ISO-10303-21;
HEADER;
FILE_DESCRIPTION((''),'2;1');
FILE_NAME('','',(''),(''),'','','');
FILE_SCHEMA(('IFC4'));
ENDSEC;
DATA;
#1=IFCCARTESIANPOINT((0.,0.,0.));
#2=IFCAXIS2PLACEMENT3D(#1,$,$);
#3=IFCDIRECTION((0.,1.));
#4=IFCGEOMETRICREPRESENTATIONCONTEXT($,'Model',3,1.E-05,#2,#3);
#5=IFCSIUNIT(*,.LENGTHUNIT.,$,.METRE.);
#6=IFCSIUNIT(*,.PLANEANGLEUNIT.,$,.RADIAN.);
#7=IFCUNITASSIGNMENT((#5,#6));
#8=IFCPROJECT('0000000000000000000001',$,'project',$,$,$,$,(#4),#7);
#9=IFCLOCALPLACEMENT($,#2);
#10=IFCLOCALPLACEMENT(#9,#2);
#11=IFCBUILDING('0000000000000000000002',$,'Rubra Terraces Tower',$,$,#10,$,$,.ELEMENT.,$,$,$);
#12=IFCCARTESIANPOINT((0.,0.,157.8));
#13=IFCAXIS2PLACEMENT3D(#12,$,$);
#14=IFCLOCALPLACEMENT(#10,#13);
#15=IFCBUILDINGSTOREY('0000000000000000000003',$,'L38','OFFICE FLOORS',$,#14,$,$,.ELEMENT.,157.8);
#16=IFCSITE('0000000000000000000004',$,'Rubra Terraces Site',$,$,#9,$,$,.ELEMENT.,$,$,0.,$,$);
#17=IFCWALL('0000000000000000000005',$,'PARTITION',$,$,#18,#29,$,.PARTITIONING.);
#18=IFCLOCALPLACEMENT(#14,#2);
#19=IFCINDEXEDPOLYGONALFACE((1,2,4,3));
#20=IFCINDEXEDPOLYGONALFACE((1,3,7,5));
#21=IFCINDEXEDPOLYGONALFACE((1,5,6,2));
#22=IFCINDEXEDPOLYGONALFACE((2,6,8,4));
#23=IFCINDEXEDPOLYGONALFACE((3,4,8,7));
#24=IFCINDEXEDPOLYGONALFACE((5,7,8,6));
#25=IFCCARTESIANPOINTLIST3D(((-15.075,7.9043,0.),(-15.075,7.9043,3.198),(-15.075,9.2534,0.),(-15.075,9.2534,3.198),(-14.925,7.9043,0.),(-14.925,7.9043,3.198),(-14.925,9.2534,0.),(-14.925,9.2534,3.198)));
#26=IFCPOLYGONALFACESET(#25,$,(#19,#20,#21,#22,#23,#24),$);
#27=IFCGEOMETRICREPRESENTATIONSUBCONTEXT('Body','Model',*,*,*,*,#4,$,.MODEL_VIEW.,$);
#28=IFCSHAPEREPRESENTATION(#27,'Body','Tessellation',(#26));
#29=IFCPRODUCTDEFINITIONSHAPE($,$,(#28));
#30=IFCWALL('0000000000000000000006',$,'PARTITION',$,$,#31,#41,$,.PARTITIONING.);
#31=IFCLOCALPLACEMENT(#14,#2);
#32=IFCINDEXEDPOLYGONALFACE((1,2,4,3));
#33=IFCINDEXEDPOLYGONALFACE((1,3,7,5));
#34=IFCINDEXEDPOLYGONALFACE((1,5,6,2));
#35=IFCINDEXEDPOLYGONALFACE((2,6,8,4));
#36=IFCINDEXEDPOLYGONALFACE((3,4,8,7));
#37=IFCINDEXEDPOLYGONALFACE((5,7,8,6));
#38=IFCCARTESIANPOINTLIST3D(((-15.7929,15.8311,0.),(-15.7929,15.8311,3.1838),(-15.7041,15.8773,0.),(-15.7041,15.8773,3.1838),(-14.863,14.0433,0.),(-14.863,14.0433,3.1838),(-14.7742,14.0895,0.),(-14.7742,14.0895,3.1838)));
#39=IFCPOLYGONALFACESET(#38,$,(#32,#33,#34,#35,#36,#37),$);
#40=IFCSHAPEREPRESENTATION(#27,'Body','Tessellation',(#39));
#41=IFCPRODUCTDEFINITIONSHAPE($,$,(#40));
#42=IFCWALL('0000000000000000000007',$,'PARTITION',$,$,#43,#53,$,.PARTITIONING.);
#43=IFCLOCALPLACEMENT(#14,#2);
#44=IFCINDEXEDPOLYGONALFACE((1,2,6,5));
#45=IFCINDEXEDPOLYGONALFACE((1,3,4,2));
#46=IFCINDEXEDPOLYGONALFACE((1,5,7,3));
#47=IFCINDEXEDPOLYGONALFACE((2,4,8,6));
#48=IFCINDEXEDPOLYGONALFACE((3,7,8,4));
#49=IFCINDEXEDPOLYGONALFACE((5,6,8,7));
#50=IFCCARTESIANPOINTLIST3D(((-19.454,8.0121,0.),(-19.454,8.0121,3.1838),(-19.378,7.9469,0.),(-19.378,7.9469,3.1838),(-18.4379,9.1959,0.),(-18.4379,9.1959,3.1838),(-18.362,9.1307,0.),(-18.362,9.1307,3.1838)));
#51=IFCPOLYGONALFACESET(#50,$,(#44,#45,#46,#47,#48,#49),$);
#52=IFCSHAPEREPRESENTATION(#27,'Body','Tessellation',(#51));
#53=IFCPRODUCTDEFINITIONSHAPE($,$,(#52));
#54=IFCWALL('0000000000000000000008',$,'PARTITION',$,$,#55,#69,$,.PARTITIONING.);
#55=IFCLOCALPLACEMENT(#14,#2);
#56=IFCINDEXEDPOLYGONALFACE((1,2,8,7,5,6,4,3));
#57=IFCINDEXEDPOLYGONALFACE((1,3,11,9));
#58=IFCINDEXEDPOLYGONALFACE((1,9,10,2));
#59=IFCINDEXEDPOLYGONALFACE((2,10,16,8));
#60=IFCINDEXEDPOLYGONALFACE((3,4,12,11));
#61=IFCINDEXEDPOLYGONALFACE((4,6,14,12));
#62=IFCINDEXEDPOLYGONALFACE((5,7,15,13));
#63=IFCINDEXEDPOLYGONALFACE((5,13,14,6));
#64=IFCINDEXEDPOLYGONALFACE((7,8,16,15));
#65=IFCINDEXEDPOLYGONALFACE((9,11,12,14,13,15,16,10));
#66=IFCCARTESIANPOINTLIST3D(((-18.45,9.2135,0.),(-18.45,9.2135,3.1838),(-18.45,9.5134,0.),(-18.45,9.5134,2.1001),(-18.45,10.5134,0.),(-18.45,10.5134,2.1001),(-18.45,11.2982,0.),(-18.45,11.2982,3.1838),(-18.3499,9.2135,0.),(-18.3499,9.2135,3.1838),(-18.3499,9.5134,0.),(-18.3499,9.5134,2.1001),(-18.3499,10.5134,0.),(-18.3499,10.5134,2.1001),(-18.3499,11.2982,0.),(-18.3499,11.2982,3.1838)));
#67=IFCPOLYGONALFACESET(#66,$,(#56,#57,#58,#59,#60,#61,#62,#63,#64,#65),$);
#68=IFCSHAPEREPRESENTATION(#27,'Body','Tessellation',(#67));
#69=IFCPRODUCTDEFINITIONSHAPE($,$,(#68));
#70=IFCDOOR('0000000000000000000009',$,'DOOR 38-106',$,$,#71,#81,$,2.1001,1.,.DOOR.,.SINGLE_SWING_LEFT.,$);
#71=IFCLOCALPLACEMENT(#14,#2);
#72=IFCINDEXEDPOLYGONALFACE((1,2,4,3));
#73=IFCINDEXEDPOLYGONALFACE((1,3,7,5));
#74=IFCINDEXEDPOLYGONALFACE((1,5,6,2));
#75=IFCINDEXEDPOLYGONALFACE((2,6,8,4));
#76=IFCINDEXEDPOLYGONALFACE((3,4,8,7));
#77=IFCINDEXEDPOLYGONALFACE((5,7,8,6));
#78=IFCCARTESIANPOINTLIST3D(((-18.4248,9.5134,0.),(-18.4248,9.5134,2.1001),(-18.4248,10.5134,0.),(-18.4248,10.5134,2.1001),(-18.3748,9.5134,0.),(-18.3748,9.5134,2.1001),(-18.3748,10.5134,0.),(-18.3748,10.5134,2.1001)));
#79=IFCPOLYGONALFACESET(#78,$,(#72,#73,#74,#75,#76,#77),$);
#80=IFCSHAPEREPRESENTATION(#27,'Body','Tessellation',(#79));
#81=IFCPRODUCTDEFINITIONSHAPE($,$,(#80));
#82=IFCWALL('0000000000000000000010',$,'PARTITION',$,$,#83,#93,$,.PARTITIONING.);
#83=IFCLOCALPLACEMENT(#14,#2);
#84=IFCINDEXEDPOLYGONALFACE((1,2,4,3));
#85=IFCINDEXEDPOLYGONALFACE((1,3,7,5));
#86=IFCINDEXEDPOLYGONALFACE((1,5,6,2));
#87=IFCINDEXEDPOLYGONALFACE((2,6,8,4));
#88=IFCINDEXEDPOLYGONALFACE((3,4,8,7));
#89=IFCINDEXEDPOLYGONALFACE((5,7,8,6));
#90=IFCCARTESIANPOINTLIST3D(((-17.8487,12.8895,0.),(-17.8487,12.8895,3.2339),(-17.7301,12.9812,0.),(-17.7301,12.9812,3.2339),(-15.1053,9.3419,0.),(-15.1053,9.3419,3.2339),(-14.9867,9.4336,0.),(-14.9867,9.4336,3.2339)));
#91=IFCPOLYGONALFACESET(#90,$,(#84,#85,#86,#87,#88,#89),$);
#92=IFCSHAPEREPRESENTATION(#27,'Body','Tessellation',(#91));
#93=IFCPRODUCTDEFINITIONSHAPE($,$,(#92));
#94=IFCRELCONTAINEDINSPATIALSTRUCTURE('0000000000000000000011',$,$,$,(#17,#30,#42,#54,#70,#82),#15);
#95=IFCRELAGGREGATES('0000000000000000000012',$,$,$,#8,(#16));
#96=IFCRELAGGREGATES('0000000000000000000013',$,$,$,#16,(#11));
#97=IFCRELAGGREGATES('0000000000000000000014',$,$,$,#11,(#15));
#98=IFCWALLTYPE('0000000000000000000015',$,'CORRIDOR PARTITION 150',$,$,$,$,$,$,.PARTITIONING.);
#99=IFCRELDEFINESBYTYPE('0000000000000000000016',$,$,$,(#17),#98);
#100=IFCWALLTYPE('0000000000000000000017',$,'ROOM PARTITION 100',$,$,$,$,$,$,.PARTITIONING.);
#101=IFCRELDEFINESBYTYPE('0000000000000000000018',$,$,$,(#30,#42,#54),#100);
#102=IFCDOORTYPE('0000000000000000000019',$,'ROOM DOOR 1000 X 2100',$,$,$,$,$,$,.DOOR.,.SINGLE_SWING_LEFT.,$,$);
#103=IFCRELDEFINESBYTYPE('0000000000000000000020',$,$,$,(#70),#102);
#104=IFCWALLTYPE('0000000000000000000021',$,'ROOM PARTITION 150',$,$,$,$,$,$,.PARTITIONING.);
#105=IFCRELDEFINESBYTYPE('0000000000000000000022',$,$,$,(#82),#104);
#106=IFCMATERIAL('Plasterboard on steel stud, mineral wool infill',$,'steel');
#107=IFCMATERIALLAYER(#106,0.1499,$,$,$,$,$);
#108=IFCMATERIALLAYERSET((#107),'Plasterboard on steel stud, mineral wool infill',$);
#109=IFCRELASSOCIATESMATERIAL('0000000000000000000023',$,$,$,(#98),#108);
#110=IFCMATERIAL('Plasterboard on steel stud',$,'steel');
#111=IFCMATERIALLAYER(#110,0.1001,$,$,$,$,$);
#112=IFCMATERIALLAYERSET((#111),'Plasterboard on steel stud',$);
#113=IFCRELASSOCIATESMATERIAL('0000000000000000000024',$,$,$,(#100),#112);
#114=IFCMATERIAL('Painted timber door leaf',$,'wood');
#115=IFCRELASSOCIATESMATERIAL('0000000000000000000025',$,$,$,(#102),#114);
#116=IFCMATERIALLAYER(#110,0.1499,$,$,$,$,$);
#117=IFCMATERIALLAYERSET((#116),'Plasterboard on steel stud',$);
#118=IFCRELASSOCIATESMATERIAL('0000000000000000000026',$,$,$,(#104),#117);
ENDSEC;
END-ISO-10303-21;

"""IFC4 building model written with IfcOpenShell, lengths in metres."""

from ifc_helpers import new_model, si_unit, direction, frame, frame_2d, origin, place, context, subcontext, project, spatial, rectangle, extrude, material, layer, layer_set, type_object, element, fill, save


model = new_model("IFC4")

# Units and contexts
model_context = context("Model", 3, precision=1e-05, world=origin(), true_north=direction((0.0, 1.0)))
body_context = subcontext(model_context, "Body", "Model", "MODEL_VIEW")
ifc_project = project(units=[si_unit("LENGTHUNIT", "METRE"), si_unit("PLANEANGLEUNIT", "RADIAN")], contexts=[model_context])

# Site, building, storey
site_placement = place(None, origin())
site = spatial("IfcSite", under=ifc_project, at=site_placement, Name="Rubra Terraces Site", CompositionType="ELEMENT", RefElevation=0.0)
building_placement = place(site_placement, origin())
building = spatial("IfcBuilding", under=site, at=building_placement, Name="Rubra Terraces Tower", CompositionType="ELEMENT")
storey_placement = place(building_placement, frame((0.0, 0.0, 157.8)))
storey = spatial("IfcBuildingStorey", under=building, at=storey_placement, Name="L38", Description="OFFICE FLOORS", CompositionType="ELEMENT", Elevation=157.8)

# Shared definitions
ifc_material_1 = material(Name="Plasterboard on steel stud, mineral wool infill", Category="steel")
ifc_layer_1 = layer(ifc_material_1, 0.1499)
ifc_layer_set_1 = layer_set([ifc_layer_1], Name="Plasterboard on steel stud, mineral wool infill")
wall_type_1 = type_object("IfcWallType", Name="CORRIDOR PARTITION 150", PredefinedType="PARTITIONING", material=ifc_layer_set_1)

# Shared definitions
ifc_material_2 = material(Name="Painted timber door leaf", Category="wood")

# Walls
wall_1_placement = place(storey_placement, frame((-15.0, 9.2534, 0.0), z_axis=(0.0, 0.0, 1.0), x_axis=(0.0, -1.0, 0.0)))
element("IfcWall", 1, at=wall_1_placement, inside=storey, type_object=wall_type_1, Name="PARTITION", PredefinedType="PARTITIONING", context=body_context, shape_type="SweptSolid", body=[
    extrude(rectangle(XDim=1.3491, YDim=0.1499, at=frame_2d((0.6746, 0.0))), origin(), (0.0, 0.0, 1.0), 3.198),
])
ifc_material_3 = material(Name="Plasterboard on steel stud", Category="steel")
ifc_layer_2 = layer(ifc_material_3, 0.1001)
ifc_layer_set_2 = layer_set([ifc_layer_2], Name="Plasterboard on steel stud")
wall_type_2 = type_object("IfcWallType", Name="ROOM PARTITION 100", PredefinedType="PARTITIONING", material=ifc_layer_set_2)
wall_2_placement = place(storey_placement, frame((-14.8186, 14.0664, 0.0), z_axis=(0.0, 0.0, 1.0), x_axis=(-0.461452, 0.887165, 0.0)))
element("IfcWall", 2, at=wall_2_placement, inside=storey, type_object=wall_type_2, Name="PARTITION", PredefinedType="PARTITIONING", context=body_context, shape_type="SweptSolid", body=[
    extrude(rectangle(XDim=2.0151, YDim=0.1001, at=frame_2d((1.0076, 0.0))), origin(), (0.0, 0.0, 1.0), 3.1838),
])
wall_3_placement = place(storey_placement, frame((-19.416, 7.9795, 0.0), z_axis=(0.0, 0.0, 1.0), x_axis=(0.651307, 0.758815, 0.0)))
element("IfcWall", 3, at=wall_3_placement, inside=storey, type_object=wall_type_2, Name="PARTITION", PredefinedType="PARTITIONING", context=body_context, shape_type="SweptSolid", body=[
    extrude(rectangle(XDim=1.5601, YDim=0.1001, at=frame_2d((0.78, 0.0))), origin(), (0.0, 0.0, 1.0), 3.1838),
])

# Wall, opening, door
wall_4_placement = place(storey_placement, frame((-18.3999, 9.2134, 0.0), z_axis=(0.0, 0.0, 1.0), x_axis=(0.0, 1.0, 0.0)))
wall_4 = element("IfcWall", 4, at=wall_4_placement, inside=storey, type_object=wall_type_2, Name="PARTITION", PredefinedType="PARTITIONING", context=body_context, shape_type="SweptSolid", body=[
    extrude(rectangle(XDim=2.0847, YDim=0.1001, at=frame_2d((1.0425, 0.0))), origin(), (0.0, 0.0, 1.0), 3.1838),
])
opening_1_placement = place(wall_4_placement, frame((0.3, 0.0, 0.0)))
opening_1 = element("IfcOpeningElement", 5, at=opening_1_placement, cuts=wall_4, PredefinedType="OPENING", context=body_context, shape_type="SweptSolid", body=[
    extrude(rectangle(XDim=1.0, YDim=2.1001, at=frame_2d((0.5, 1.05))), frame((0.0, 0.0601, 0.0), z_axis=(0.0, -1.0, 0.0), x_axis=(1.0, 0.0, 0.0)), (0.0, 0.0, 1.0), 0.1201),
])
door_type_1 = type_object("IfcDoorType", Name="ROOM DOOR 1000 X 2100", OperationType="SINGLE_SWING_LEFT", PredefinedType="DOOR", material=ifc_material_2)
door_1_placement = place(opening_1_placement, origin())
door_1 = element("IfcDoor", 6, at=door_1_placement, inside=storey, type_object=door_type_1, Name="DOOR 38-106", OperationType="SINGLE_SWING_LEFT", OverallHeight=2.1001, OverallWidth=1.0, PredefinedType="DOOR", context=body_context, shape_type="SweptSolid", body=[
    extrude(rectangle(XDim=1.0, YDim=2.1001, at=frame_2d((0.5, 1.05))), frame((0.0, 0.0249, 0.0), z_axis=(0.0, -1.0, 0.0), x_axis=(1.0, 0.0, 0.0)), (0.0, 0.0, 1.0), 0.05),
])
fill(opening_1, door_1)

# Wall
ifc_layer_3 = layer(ifc_material_3, 0.1499)
ifc_layer_set_3 = layer_set([ifc_layer_3], Name="Plasterboard on steel stud")
wall_type_3 = type_object("IfcWallType", Name="ROOM PARTITION 150", PredefinedType="PARTITIONING", material=ifc_layer_set_3)
wall_5_placement = place(storey_placement, frame((-17.7893, 12.9353, 0.0), z_axis=(0.0, 0.0, 1.0), x_axis=(0.611737, -0.791061, 0.0)))
element("IfcWall", 7, at=wall_5_placement, inside=storey, type_object=wall_type_3, Name="PARTITION", PredefinedType="PARTITIONING", context=body_context, shape_type="SweptSolid", body=[
    extrude(rectangle(XDim=4.4846, YDim=0.1499, at=frame_2d((2.2422, 0.0))), origin(), (0.0, 0.0, 1.0), 3.2339),
])

save(model, "model.ifc")
